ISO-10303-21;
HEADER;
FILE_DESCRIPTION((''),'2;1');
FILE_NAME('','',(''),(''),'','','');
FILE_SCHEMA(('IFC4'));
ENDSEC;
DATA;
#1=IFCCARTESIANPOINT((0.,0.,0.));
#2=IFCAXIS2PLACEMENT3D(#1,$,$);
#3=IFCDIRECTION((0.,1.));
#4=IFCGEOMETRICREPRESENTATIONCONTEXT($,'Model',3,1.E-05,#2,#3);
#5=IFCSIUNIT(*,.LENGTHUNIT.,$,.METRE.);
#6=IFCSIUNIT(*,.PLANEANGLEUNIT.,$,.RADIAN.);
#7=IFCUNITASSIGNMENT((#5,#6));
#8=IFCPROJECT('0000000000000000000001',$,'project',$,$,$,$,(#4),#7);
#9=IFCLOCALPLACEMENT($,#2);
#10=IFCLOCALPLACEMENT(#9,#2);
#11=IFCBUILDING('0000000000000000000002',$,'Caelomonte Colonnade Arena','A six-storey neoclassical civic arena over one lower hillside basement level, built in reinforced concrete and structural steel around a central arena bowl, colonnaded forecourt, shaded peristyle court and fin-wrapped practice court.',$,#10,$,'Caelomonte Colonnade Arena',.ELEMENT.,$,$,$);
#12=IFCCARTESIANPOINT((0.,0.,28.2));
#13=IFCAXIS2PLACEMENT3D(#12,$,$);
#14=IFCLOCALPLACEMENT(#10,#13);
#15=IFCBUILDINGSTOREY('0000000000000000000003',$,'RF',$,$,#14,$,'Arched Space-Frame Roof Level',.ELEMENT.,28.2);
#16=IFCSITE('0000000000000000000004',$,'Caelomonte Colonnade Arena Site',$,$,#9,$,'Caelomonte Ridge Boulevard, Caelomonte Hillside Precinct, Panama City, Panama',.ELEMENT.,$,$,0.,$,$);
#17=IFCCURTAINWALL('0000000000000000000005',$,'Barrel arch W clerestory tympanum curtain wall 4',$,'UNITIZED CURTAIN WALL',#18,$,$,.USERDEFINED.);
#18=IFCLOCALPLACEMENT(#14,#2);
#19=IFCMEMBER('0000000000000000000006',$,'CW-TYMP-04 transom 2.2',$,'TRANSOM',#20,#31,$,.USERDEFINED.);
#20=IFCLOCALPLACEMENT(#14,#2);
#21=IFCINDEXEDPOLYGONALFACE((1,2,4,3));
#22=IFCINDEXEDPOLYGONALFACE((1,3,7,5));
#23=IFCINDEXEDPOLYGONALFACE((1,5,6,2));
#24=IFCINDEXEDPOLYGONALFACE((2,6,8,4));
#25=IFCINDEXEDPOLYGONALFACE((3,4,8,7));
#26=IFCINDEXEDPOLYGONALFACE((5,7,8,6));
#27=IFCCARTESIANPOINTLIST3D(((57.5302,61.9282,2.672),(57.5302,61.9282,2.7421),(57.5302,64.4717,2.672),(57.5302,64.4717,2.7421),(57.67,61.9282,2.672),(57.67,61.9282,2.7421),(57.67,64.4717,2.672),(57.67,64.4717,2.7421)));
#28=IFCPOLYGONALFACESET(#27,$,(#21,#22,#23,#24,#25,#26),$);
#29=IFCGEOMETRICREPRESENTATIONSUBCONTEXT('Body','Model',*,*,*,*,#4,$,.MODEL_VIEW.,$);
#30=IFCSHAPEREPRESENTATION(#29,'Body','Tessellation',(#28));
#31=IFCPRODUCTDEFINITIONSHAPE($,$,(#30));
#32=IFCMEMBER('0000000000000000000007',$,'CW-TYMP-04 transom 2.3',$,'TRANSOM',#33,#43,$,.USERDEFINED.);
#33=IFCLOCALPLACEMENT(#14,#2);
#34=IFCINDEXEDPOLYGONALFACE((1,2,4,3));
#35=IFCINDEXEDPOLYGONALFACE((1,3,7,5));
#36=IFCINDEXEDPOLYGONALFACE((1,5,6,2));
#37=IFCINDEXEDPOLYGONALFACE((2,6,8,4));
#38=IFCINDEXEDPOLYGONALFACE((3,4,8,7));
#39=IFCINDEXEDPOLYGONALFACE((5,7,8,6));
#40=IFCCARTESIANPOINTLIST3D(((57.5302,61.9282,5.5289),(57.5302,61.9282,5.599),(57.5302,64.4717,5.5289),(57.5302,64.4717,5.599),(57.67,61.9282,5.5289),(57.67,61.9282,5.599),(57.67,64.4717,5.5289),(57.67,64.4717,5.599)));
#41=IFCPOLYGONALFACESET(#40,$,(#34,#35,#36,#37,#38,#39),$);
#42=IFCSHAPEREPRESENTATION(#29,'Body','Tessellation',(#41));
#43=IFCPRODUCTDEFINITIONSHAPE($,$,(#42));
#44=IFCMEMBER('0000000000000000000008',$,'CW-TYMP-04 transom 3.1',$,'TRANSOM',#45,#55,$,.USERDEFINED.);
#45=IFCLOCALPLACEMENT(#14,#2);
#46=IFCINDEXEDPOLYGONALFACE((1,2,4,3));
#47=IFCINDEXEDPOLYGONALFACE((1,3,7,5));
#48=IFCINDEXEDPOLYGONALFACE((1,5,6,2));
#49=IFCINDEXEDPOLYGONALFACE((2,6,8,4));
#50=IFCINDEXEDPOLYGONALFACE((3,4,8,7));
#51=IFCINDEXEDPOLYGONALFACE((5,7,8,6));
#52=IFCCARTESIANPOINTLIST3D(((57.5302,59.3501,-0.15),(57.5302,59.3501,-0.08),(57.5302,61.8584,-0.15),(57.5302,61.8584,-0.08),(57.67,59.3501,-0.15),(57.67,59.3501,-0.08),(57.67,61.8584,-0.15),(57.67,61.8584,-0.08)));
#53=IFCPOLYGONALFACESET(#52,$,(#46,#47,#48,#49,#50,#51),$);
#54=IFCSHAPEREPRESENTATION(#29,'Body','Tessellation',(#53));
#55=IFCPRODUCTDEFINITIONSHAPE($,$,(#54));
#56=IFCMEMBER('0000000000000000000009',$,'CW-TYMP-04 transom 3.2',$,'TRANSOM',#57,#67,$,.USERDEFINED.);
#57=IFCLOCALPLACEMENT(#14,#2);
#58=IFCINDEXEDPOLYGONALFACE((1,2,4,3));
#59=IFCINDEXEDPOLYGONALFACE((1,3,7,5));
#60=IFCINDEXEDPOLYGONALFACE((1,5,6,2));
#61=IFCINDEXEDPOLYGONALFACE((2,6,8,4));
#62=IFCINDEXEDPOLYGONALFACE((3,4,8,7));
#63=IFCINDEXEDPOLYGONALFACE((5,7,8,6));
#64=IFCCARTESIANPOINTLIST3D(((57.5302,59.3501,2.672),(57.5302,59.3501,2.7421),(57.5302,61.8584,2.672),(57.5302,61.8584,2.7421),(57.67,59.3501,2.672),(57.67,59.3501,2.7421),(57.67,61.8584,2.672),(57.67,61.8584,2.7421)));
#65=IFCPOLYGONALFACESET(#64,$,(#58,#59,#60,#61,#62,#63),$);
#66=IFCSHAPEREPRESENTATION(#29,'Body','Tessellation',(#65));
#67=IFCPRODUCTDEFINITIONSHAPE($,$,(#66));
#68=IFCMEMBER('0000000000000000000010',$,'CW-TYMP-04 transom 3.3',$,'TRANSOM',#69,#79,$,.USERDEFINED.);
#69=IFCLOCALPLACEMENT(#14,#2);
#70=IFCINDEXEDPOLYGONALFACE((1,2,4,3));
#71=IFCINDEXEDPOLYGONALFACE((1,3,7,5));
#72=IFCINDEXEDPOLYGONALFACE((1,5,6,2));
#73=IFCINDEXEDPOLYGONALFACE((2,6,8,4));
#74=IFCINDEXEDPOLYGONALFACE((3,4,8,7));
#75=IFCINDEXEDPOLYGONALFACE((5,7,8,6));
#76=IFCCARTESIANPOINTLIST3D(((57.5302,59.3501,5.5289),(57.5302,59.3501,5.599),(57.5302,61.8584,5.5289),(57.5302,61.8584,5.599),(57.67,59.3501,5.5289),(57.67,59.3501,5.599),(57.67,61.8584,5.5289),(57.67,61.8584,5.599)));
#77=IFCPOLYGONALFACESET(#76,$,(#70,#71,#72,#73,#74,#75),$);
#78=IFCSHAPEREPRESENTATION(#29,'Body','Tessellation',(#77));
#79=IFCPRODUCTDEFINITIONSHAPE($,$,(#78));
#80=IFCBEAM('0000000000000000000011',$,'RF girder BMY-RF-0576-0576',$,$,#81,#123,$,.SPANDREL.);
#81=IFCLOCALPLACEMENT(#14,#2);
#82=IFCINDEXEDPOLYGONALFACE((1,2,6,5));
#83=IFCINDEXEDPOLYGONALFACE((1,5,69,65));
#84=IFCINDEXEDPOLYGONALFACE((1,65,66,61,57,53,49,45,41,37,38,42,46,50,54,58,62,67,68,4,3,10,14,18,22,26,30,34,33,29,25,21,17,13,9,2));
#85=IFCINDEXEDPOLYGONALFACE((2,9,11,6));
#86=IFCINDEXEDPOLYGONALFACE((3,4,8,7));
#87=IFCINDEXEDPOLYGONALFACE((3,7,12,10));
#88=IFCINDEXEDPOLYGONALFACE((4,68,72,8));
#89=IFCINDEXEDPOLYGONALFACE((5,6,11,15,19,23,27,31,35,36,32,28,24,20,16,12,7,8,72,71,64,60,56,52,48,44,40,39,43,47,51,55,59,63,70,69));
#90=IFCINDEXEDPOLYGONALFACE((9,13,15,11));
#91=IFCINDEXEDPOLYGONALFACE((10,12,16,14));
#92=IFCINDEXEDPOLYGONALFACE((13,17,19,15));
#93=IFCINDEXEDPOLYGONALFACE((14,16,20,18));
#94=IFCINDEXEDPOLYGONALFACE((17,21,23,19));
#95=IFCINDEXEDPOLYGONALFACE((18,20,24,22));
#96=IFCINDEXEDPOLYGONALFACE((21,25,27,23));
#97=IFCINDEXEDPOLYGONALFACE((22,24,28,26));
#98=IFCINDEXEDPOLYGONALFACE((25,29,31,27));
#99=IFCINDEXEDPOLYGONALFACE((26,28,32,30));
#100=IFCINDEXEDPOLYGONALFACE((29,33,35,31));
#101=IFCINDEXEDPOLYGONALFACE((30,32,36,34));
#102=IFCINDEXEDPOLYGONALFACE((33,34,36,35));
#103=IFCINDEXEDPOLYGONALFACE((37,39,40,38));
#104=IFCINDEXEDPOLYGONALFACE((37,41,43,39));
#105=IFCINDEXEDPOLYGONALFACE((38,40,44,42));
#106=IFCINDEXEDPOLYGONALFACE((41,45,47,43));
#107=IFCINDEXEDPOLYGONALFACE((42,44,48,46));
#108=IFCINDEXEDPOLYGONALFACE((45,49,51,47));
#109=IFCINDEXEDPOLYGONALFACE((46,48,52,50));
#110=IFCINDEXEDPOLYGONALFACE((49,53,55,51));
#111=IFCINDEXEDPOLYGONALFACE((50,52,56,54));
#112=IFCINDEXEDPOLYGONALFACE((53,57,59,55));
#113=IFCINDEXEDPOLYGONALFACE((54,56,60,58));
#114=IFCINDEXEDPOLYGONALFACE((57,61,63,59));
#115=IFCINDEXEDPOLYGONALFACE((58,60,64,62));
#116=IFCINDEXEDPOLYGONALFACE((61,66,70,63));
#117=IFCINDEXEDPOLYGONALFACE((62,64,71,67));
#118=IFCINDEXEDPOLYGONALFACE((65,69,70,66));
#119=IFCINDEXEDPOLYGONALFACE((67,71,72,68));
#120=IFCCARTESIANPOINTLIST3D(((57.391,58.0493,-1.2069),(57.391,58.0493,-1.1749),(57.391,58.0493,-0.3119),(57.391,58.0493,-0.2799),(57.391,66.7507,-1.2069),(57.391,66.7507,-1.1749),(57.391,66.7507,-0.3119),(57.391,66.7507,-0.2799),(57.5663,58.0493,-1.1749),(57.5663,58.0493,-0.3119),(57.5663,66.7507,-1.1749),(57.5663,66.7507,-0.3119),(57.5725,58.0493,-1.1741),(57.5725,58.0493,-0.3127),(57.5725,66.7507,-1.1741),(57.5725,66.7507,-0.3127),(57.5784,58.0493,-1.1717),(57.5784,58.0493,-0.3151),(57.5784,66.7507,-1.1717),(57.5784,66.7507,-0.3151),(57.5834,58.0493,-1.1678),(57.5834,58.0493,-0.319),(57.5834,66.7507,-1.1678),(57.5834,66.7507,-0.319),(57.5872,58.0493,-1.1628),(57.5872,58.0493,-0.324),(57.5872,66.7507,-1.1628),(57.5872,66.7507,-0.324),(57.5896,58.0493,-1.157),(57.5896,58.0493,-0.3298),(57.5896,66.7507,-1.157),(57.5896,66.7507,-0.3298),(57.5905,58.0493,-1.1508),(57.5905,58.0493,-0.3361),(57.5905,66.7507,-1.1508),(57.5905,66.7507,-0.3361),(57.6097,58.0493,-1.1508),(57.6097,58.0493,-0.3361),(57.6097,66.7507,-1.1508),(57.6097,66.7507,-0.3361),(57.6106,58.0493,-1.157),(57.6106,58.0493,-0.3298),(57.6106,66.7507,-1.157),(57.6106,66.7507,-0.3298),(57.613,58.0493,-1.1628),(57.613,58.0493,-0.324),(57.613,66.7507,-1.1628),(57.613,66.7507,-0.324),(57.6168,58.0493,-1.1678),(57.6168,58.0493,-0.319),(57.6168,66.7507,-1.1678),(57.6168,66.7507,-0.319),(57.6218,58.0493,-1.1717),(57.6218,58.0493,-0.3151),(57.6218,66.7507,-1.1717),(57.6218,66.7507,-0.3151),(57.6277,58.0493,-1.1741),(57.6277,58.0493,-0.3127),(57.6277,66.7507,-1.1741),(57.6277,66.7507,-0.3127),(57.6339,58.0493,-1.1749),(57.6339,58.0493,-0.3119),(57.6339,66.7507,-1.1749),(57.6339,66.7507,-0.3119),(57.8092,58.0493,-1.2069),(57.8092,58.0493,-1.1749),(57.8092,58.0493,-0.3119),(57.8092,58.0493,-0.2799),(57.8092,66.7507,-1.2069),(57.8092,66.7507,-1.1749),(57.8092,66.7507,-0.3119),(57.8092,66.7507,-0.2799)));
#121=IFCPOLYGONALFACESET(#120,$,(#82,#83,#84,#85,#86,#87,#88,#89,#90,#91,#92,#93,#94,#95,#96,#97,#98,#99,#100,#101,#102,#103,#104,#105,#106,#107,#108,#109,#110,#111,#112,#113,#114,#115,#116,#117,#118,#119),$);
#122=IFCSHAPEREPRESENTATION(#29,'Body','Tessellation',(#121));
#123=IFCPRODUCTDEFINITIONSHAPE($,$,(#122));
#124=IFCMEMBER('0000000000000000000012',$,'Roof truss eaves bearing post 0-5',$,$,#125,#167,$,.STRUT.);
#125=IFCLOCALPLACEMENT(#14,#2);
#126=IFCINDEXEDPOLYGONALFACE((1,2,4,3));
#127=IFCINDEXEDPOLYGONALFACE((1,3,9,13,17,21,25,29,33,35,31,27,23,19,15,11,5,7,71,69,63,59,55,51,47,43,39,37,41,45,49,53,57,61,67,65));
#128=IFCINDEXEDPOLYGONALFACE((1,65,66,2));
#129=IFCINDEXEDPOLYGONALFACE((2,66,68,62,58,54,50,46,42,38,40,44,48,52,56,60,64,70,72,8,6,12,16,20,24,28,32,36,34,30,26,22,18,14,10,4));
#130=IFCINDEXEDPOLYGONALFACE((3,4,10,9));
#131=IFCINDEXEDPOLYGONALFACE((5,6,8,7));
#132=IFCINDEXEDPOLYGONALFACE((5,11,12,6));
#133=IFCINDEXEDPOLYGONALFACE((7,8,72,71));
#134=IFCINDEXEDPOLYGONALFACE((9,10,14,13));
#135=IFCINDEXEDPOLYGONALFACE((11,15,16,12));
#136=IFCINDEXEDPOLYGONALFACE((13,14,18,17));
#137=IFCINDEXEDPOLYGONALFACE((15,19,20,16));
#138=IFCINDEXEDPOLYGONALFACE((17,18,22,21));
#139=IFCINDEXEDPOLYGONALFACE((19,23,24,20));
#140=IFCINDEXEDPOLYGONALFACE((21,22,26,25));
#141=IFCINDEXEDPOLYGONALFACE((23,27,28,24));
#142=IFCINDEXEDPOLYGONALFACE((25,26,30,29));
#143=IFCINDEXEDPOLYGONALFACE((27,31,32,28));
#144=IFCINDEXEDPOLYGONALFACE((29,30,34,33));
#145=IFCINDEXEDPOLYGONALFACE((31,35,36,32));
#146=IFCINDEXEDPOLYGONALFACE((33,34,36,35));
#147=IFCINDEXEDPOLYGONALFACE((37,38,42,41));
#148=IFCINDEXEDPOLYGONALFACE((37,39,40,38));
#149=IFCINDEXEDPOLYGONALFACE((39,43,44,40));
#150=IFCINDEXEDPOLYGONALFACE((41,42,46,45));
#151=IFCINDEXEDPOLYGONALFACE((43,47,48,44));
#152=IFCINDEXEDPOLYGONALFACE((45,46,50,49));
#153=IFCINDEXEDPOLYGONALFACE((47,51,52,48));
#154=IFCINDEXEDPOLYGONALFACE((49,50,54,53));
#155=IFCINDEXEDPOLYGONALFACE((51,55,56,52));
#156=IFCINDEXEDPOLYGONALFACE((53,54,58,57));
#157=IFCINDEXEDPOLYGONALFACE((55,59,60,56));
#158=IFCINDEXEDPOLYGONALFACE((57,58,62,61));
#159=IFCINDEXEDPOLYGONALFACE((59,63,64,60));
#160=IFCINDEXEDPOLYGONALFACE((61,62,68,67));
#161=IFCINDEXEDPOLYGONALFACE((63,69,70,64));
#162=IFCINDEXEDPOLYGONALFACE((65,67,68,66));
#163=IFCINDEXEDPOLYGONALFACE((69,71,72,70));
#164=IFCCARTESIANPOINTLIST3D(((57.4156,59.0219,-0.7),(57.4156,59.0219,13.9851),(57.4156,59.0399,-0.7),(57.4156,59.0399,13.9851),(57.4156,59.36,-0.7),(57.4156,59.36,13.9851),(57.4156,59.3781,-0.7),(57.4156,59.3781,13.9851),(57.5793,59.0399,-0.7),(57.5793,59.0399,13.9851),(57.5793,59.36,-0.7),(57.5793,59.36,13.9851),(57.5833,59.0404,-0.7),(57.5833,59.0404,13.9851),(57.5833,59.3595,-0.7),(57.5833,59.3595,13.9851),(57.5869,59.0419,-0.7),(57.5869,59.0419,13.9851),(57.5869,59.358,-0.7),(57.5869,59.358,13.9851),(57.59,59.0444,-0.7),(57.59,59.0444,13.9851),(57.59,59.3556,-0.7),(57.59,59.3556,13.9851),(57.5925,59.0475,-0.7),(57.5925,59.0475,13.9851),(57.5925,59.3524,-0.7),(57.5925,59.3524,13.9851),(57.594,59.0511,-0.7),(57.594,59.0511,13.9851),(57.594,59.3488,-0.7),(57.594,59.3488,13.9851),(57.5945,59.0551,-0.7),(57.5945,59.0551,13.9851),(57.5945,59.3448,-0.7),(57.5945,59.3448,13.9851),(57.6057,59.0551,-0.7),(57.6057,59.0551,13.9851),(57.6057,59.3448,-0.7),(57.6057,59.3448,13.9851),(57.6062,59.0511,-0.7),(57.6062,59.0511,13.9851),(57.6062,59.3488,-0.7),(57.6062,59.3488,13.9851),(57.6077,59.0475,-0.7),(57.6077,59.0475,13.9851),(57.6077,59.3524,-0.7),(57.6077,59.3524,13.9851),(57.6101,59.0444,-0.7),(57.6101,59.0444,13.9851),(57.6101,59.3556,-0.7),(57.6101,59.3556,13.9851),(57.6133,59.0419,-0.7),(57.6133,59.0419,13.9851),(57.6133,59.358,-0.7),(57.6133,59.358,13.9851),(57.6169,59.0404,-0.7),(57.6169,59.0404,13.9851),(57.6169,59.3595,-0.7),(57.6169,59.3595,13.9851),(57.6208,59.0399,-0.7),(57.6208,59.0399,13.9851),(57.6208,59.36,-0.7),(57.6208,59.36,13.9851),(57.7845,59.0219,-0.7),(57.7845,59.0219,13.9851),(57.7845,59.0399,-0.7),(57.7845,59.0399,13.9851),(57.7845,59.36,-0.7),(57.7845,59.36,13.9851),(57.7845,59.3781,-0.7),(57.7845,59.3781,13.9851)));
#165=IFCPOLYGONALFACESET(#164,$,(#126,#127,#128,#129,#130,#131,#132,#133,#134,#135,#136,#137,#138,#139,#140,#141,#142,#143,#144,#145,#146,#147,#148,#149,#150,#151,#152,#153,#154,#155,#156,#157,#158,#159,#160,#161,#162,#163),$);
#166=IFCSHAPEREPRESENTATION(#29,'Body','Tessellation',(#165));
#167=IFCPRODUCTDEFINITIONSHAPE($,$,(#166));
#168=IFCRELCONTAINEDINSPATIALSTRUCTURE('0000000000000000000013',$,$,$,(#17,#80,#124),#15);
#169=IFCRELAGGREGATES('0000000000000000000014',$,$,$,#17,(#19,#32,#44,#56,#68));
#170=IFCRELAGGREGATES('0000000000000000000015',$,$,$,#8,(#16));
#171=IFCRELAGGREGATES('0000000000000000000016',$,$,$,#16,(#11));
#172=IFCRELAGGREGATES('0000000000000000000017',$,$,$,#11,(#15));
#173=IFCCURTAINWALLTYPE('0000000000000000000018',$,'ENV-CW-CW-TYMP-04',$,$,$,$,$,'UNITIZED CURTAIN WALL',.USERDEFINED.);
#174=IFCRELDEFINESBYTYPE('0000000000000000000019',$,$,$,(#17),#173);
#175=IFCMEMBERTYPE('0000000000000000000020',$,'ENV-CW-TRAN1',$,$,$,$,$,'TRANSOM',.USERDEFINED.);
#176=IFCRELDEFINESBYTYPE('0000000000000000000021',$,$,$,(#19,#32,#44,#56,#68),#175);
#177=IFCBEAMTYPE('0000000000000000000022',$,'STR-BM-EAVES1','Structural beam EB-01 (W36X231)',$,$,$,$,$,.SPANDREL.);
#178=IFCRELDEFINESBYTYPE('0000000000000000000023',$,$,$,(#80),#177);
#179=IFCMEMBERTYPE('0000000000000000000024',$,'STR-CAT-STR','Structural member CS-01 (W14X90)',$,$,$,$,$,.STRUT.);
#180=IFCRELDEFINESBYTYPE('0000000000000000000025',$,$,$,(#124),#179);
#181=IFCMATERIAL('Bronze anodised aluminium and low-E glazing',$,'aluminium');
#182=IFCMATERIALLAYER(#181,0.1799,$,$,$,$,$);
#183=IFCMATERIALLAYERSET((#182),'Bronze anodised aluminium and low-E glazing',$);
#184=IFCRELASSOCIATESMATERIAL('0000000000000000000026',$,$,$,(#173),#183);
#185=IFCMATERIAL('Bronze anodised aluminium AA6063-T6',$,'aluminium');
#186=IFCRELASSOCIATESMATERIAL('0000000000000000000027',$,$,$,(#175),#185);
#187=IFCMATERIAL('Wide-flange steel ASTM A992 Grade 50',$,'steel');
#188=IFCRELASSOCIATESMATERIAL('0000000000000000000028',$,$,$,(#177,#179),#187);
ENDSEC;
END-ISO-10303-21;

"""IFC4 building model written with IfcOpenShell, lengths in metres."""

from ifc_helpers import new_model, si_unit, direction, frame, origin, origin_2d, place, context, subcontext, project, spatial, rectangle, i_section, extrude, material, layer, layer_set, material_profile, profile_set, type_object, element, aggregate, save


model = new_model("IFC4")

# Units and contexts
model_context = context("Model", 3, precision=1e-05, world=origin(), true_north=direction((0.0, 1.0)))
body_context = subcontext(model_context, "Body", "Model", "MODEL_VIEW")
ifc_project = project(units=[si_unit("LENGTHUNIT", "METRE"), si_unit("PLANEANGLEUNIT", "RADIAN")], contexts=[model_context])

# Site, building, storey
site_placement = place(None, origin())
site = spatial("IfcSite", under=ifc_project, at=site_placement, Name="Caelomonte Colonnade Arena Site", LongName="Caelomonte Ridge Boulevard, Caelomonte Hillside Precinct, Panama City, Panama", CompositionType="ELEMENT", RefElevation=0.0)
building_placement = place(site_placement, origin())
building = spatial("IfcBuilding", under=site, at=building_placement, Name="Caelomonte Colonnade Arena", Description="A six-storey neoclassical civic arena over one lower hillside basement level, built in reinforced concrete and structural steel around a central arena bowl, colonnaded forecourt, shaded peristyle court and fin-wrapped practice court.", LongName="Caelomonte Colonnade Arena", CompositionType="ELEMENT")
storey_placement = place(building_placement, frame((0.0, 0.0, 28.2)))
storey = spatial("IfcBuildingStorey", under=building, at=storey_placement, Name="RF", LongName="Arched Space-Frame Roof Level", CompositionType="ELEMENT", Elevation=28.2)

# Curtain wall
ifc_material_1 = material(Name="Bronze anodised aluminium and low-E glazing", Category="aluminium")
ifc_material_2 = material(Name="Bronze anodised aluminium AA6063-T6", Category="aluminium")
ifc_layer_1 = layer(ifc_material_1, 0.1799)
ifc_layer_set_1 = layer_set([ifc_layer_1], Name="Bronze anodised aluminium and low-E glazing")
curtain_wall_type_1 = type_object("IfcCurtainWallType", Name="ENV-CW-CW-TYMP-04", ElementType="UNITIZED CURTAIN WALL", PredefinedType="USERDEFINED", material=ifc_layer_set_1)
curtain_wall_1_placement = place(storey_placement, origin())
curtain_wall_1 = element("IfcCurtainWall", 1, at=curtain_wall_1_placement, inside=storey, type_object=curtain_wall_type_1, Name="Barrel arch W clerestory tympanum curtain wall 4", ObjectType="UNITIZED CURTAIN WALL", PredefinedType="USERDEFINED")

# Members
ifc_material_profile_1 = material_profile(ifc_material_2, rectangle(XDim=0.0701, YDim=0.1399, at=origin_2d()), Name="CWT-70X140")
ifc_profile_set_1 = profile_set([ifc_material_profile_1], Name="Bronze anodised aluminium AA6063-T6")
member_type_1 = type_object("IfcMemberType", Name="ENV-CW-TRAN1", ElementType="TRANSOM", PredefinedType="USERDEFINED", material=ifc_profile_set_1)
member_1_placement = place(storey_placement, frame((57.6001, 64.4717, 2.707), z_axis=(0.0, -1.0, 0.0), x_axis=(0.0, 0.0, 1.0)))
member_1 = element("IfcMember", 2, at=member_1_placement, type_object=member_type_1, Name="CW-TYMP-04 transom 2.2", ObjectType="TRANSOM", PredefinedType="USERDEFINED", context=body_context, shape_type="SweptSolid", body=[
    extrude(rectangle(XDim=0.0701, YDim=0.1399, at=origin_2d()), origin(), (0.0, 0.0, 1.0), 2.5435),
])
member_2_placement = place(storey_placement, frame((57.6001, 64.4717, 5.564), z_axis=(0.0, -1.0, 0.0), x_axis=(0.0, 0.0, 1.0)))
member_2 = element("IfcMember", 3, at=member_2_placement, type_object=member_type_1, Name="CW-TYMP-04 transom 2.3", ObjectType="TRANSOM", PredefinedType="USERDEFINED", context=body_context, shape_type="SweptSolid", body=[
    extrude(rectangle(XDim=0.0701, YDim=0.1399, at=origin_2d()), origin(), (0.0, 0.0, 1.0), 2.5435),
])
member_3_placement = place(storey_placement, frame((57.6001, 61.8584, -0.115), z_axis=(0.0, -1.0, 0.0), x_axis=(0.0, 0.0, 1.0)))
member_3 = element("IfcMember", 4, at=member_3_placement, type_object=member_type_1, Name="CW-TYMP-04 transom 3.1", ObjectType="TRANSOM", PredefinedType="USERDEFINED", context=body_context, shape_type="SweptSolid", body=[
    extrude(rectangle(XDim=0.0701, YDim=0.1399, at=origin_2d()), origin(), (0.0, 0.0, 1.0), 2.5083),
])
member_4_placement = place(storey_placement, frame((57.6001, 61.8584, 2.707), z_axis=(0.0, -1.0, 0.0), x_axis=(0.0, 0.0, 1.0)))
member_4 = element("IfcMember", 5, at=member_4_placement, type_object=member_type_1, Name="CW-TYMP-04 transom 3.2", ObjectType="TRANSOM", PredefinedType="USERDEFINED", context=body_context, shape_type="SweptSolid", body=[
    extrude(rectangle(XDim=0.0701, YDim=0.1399, at=origin_2d()), origin(), (0.0, 0.0, 1.0), 2.5083),
])
member_5_placement = place(storey_placement, frame((57.6001, 61.8584, 5.564), z_axis=(0.0, -1.0, 0.0), x_axis=(0.0, 0.0, 1.0)))
member_5 = element("IfcMember", 6, at=member_5_placement, type_object=member_type_1, Name="CW-TYMP-04 transom 3.3", ObjectType="TRANSOM", PredefinedType="USERDEFINED", context=body_context, shape_type="SweptSolid", body=[
    extrude(rectangle(XDim=0.0701, YDim=0.1399, at=origin_2d()), origin(), (0.0, 0.0, 1.0), 2.5083),
])

# Beam
ifc_material_3 = material(Name="Wide-flange steel ASTM A992 Grade 50", Category="steel")
ifc_material_profile_2 = material_profile(ifc_material_3, i_section(OverallWidth=0.4182, OverallDepth=0.927, WebThickness=0.0193, FlangeThickness=0.032, FilletRadius=0.0242, at=origin_2d()), Name="W36X231")
ifc_profile_set_2 = profile_set([ifc_material_profile_2], Name="Wide-flange steel ASTM A992 Grade 50")
beam_type = type_object("IfcBeamType", Name="STR-BM-EAVES1", Description="Structural beam EB-01 (W36X231)", PredefinedType="SPANDREL", material=ifc_profile_set_2)
beam_placement = place(storey_placement, frame((57.6001, 58.0493, -0.7434), z_axis=(0.0, 1.0, 0.0), x_axis=(-1.0, 0.0, 0.0)))
element("IfcBeam", 7, at=beam_placement, inside=storey, type_object=beam_type, Name="RF girder BMY-RF-0576-0576", PredefinedType="SPANDREL", context=body_context, shape_type="SweptSolid", body=[
    extrude(i_section(OverallWidth=0.4182, OverallDepth=0.927, WebThickness=0.0193, FlangeThickness=0.032, FilletRadius=0.0242, at=origin_2d()), origin(), (0.0, 0.0, 1.0), 8.7014),
])

# Member
ifc_material_profile_3 = material_profile(ifc_material_3, i_section(OverallWidth=0.3689, OverallDepth=0.3562, WebThickness=0.0112, FlangeThickness=0.0181, FilletRadius=0.0151, at=origin_2d()), Name="W14X90")
ifc_profile_set_3 = profile_set([ifc_material_profile_3], Name="Wide-flange steel ASTM A992 Grade 50")
member_type_2 = type_object("IfcMemberType", Name="STR-CAT-STR", Description="Structural member CS-01 (W14X90)", PredefinedType="STRUT", material=ifc_profile_set_3)
member_6_placement = place(storey_placement, frame((57.6001, 59.2, -0.7), z_axis=(0.0, 0.0, 1.0), x_axis=(1.0, 0.0, 0.0)))
element("IfcMember", 8, at=member_6_placement, inside=storey, type_object=member_type_2, Name="Roof truss eaves bearing post 0-5", PredefinedType="STRUT", context=body_context, shape_type="SweptSolid", body=[
    extrude(i_section(OverallWidth=0.3689, OverallDepth=0.3562, WebThickness=0.0112, FlangeThickness=0.0181, FilletRadius=0.0151, at=origin_2d()), origin(), (0.0, 0.0, 1.0), 14.6851),
])

aggregate(curtain_wall_1, [member_1, member_2, member_3, member_4, member_5])

save(model, "model.ifc")
